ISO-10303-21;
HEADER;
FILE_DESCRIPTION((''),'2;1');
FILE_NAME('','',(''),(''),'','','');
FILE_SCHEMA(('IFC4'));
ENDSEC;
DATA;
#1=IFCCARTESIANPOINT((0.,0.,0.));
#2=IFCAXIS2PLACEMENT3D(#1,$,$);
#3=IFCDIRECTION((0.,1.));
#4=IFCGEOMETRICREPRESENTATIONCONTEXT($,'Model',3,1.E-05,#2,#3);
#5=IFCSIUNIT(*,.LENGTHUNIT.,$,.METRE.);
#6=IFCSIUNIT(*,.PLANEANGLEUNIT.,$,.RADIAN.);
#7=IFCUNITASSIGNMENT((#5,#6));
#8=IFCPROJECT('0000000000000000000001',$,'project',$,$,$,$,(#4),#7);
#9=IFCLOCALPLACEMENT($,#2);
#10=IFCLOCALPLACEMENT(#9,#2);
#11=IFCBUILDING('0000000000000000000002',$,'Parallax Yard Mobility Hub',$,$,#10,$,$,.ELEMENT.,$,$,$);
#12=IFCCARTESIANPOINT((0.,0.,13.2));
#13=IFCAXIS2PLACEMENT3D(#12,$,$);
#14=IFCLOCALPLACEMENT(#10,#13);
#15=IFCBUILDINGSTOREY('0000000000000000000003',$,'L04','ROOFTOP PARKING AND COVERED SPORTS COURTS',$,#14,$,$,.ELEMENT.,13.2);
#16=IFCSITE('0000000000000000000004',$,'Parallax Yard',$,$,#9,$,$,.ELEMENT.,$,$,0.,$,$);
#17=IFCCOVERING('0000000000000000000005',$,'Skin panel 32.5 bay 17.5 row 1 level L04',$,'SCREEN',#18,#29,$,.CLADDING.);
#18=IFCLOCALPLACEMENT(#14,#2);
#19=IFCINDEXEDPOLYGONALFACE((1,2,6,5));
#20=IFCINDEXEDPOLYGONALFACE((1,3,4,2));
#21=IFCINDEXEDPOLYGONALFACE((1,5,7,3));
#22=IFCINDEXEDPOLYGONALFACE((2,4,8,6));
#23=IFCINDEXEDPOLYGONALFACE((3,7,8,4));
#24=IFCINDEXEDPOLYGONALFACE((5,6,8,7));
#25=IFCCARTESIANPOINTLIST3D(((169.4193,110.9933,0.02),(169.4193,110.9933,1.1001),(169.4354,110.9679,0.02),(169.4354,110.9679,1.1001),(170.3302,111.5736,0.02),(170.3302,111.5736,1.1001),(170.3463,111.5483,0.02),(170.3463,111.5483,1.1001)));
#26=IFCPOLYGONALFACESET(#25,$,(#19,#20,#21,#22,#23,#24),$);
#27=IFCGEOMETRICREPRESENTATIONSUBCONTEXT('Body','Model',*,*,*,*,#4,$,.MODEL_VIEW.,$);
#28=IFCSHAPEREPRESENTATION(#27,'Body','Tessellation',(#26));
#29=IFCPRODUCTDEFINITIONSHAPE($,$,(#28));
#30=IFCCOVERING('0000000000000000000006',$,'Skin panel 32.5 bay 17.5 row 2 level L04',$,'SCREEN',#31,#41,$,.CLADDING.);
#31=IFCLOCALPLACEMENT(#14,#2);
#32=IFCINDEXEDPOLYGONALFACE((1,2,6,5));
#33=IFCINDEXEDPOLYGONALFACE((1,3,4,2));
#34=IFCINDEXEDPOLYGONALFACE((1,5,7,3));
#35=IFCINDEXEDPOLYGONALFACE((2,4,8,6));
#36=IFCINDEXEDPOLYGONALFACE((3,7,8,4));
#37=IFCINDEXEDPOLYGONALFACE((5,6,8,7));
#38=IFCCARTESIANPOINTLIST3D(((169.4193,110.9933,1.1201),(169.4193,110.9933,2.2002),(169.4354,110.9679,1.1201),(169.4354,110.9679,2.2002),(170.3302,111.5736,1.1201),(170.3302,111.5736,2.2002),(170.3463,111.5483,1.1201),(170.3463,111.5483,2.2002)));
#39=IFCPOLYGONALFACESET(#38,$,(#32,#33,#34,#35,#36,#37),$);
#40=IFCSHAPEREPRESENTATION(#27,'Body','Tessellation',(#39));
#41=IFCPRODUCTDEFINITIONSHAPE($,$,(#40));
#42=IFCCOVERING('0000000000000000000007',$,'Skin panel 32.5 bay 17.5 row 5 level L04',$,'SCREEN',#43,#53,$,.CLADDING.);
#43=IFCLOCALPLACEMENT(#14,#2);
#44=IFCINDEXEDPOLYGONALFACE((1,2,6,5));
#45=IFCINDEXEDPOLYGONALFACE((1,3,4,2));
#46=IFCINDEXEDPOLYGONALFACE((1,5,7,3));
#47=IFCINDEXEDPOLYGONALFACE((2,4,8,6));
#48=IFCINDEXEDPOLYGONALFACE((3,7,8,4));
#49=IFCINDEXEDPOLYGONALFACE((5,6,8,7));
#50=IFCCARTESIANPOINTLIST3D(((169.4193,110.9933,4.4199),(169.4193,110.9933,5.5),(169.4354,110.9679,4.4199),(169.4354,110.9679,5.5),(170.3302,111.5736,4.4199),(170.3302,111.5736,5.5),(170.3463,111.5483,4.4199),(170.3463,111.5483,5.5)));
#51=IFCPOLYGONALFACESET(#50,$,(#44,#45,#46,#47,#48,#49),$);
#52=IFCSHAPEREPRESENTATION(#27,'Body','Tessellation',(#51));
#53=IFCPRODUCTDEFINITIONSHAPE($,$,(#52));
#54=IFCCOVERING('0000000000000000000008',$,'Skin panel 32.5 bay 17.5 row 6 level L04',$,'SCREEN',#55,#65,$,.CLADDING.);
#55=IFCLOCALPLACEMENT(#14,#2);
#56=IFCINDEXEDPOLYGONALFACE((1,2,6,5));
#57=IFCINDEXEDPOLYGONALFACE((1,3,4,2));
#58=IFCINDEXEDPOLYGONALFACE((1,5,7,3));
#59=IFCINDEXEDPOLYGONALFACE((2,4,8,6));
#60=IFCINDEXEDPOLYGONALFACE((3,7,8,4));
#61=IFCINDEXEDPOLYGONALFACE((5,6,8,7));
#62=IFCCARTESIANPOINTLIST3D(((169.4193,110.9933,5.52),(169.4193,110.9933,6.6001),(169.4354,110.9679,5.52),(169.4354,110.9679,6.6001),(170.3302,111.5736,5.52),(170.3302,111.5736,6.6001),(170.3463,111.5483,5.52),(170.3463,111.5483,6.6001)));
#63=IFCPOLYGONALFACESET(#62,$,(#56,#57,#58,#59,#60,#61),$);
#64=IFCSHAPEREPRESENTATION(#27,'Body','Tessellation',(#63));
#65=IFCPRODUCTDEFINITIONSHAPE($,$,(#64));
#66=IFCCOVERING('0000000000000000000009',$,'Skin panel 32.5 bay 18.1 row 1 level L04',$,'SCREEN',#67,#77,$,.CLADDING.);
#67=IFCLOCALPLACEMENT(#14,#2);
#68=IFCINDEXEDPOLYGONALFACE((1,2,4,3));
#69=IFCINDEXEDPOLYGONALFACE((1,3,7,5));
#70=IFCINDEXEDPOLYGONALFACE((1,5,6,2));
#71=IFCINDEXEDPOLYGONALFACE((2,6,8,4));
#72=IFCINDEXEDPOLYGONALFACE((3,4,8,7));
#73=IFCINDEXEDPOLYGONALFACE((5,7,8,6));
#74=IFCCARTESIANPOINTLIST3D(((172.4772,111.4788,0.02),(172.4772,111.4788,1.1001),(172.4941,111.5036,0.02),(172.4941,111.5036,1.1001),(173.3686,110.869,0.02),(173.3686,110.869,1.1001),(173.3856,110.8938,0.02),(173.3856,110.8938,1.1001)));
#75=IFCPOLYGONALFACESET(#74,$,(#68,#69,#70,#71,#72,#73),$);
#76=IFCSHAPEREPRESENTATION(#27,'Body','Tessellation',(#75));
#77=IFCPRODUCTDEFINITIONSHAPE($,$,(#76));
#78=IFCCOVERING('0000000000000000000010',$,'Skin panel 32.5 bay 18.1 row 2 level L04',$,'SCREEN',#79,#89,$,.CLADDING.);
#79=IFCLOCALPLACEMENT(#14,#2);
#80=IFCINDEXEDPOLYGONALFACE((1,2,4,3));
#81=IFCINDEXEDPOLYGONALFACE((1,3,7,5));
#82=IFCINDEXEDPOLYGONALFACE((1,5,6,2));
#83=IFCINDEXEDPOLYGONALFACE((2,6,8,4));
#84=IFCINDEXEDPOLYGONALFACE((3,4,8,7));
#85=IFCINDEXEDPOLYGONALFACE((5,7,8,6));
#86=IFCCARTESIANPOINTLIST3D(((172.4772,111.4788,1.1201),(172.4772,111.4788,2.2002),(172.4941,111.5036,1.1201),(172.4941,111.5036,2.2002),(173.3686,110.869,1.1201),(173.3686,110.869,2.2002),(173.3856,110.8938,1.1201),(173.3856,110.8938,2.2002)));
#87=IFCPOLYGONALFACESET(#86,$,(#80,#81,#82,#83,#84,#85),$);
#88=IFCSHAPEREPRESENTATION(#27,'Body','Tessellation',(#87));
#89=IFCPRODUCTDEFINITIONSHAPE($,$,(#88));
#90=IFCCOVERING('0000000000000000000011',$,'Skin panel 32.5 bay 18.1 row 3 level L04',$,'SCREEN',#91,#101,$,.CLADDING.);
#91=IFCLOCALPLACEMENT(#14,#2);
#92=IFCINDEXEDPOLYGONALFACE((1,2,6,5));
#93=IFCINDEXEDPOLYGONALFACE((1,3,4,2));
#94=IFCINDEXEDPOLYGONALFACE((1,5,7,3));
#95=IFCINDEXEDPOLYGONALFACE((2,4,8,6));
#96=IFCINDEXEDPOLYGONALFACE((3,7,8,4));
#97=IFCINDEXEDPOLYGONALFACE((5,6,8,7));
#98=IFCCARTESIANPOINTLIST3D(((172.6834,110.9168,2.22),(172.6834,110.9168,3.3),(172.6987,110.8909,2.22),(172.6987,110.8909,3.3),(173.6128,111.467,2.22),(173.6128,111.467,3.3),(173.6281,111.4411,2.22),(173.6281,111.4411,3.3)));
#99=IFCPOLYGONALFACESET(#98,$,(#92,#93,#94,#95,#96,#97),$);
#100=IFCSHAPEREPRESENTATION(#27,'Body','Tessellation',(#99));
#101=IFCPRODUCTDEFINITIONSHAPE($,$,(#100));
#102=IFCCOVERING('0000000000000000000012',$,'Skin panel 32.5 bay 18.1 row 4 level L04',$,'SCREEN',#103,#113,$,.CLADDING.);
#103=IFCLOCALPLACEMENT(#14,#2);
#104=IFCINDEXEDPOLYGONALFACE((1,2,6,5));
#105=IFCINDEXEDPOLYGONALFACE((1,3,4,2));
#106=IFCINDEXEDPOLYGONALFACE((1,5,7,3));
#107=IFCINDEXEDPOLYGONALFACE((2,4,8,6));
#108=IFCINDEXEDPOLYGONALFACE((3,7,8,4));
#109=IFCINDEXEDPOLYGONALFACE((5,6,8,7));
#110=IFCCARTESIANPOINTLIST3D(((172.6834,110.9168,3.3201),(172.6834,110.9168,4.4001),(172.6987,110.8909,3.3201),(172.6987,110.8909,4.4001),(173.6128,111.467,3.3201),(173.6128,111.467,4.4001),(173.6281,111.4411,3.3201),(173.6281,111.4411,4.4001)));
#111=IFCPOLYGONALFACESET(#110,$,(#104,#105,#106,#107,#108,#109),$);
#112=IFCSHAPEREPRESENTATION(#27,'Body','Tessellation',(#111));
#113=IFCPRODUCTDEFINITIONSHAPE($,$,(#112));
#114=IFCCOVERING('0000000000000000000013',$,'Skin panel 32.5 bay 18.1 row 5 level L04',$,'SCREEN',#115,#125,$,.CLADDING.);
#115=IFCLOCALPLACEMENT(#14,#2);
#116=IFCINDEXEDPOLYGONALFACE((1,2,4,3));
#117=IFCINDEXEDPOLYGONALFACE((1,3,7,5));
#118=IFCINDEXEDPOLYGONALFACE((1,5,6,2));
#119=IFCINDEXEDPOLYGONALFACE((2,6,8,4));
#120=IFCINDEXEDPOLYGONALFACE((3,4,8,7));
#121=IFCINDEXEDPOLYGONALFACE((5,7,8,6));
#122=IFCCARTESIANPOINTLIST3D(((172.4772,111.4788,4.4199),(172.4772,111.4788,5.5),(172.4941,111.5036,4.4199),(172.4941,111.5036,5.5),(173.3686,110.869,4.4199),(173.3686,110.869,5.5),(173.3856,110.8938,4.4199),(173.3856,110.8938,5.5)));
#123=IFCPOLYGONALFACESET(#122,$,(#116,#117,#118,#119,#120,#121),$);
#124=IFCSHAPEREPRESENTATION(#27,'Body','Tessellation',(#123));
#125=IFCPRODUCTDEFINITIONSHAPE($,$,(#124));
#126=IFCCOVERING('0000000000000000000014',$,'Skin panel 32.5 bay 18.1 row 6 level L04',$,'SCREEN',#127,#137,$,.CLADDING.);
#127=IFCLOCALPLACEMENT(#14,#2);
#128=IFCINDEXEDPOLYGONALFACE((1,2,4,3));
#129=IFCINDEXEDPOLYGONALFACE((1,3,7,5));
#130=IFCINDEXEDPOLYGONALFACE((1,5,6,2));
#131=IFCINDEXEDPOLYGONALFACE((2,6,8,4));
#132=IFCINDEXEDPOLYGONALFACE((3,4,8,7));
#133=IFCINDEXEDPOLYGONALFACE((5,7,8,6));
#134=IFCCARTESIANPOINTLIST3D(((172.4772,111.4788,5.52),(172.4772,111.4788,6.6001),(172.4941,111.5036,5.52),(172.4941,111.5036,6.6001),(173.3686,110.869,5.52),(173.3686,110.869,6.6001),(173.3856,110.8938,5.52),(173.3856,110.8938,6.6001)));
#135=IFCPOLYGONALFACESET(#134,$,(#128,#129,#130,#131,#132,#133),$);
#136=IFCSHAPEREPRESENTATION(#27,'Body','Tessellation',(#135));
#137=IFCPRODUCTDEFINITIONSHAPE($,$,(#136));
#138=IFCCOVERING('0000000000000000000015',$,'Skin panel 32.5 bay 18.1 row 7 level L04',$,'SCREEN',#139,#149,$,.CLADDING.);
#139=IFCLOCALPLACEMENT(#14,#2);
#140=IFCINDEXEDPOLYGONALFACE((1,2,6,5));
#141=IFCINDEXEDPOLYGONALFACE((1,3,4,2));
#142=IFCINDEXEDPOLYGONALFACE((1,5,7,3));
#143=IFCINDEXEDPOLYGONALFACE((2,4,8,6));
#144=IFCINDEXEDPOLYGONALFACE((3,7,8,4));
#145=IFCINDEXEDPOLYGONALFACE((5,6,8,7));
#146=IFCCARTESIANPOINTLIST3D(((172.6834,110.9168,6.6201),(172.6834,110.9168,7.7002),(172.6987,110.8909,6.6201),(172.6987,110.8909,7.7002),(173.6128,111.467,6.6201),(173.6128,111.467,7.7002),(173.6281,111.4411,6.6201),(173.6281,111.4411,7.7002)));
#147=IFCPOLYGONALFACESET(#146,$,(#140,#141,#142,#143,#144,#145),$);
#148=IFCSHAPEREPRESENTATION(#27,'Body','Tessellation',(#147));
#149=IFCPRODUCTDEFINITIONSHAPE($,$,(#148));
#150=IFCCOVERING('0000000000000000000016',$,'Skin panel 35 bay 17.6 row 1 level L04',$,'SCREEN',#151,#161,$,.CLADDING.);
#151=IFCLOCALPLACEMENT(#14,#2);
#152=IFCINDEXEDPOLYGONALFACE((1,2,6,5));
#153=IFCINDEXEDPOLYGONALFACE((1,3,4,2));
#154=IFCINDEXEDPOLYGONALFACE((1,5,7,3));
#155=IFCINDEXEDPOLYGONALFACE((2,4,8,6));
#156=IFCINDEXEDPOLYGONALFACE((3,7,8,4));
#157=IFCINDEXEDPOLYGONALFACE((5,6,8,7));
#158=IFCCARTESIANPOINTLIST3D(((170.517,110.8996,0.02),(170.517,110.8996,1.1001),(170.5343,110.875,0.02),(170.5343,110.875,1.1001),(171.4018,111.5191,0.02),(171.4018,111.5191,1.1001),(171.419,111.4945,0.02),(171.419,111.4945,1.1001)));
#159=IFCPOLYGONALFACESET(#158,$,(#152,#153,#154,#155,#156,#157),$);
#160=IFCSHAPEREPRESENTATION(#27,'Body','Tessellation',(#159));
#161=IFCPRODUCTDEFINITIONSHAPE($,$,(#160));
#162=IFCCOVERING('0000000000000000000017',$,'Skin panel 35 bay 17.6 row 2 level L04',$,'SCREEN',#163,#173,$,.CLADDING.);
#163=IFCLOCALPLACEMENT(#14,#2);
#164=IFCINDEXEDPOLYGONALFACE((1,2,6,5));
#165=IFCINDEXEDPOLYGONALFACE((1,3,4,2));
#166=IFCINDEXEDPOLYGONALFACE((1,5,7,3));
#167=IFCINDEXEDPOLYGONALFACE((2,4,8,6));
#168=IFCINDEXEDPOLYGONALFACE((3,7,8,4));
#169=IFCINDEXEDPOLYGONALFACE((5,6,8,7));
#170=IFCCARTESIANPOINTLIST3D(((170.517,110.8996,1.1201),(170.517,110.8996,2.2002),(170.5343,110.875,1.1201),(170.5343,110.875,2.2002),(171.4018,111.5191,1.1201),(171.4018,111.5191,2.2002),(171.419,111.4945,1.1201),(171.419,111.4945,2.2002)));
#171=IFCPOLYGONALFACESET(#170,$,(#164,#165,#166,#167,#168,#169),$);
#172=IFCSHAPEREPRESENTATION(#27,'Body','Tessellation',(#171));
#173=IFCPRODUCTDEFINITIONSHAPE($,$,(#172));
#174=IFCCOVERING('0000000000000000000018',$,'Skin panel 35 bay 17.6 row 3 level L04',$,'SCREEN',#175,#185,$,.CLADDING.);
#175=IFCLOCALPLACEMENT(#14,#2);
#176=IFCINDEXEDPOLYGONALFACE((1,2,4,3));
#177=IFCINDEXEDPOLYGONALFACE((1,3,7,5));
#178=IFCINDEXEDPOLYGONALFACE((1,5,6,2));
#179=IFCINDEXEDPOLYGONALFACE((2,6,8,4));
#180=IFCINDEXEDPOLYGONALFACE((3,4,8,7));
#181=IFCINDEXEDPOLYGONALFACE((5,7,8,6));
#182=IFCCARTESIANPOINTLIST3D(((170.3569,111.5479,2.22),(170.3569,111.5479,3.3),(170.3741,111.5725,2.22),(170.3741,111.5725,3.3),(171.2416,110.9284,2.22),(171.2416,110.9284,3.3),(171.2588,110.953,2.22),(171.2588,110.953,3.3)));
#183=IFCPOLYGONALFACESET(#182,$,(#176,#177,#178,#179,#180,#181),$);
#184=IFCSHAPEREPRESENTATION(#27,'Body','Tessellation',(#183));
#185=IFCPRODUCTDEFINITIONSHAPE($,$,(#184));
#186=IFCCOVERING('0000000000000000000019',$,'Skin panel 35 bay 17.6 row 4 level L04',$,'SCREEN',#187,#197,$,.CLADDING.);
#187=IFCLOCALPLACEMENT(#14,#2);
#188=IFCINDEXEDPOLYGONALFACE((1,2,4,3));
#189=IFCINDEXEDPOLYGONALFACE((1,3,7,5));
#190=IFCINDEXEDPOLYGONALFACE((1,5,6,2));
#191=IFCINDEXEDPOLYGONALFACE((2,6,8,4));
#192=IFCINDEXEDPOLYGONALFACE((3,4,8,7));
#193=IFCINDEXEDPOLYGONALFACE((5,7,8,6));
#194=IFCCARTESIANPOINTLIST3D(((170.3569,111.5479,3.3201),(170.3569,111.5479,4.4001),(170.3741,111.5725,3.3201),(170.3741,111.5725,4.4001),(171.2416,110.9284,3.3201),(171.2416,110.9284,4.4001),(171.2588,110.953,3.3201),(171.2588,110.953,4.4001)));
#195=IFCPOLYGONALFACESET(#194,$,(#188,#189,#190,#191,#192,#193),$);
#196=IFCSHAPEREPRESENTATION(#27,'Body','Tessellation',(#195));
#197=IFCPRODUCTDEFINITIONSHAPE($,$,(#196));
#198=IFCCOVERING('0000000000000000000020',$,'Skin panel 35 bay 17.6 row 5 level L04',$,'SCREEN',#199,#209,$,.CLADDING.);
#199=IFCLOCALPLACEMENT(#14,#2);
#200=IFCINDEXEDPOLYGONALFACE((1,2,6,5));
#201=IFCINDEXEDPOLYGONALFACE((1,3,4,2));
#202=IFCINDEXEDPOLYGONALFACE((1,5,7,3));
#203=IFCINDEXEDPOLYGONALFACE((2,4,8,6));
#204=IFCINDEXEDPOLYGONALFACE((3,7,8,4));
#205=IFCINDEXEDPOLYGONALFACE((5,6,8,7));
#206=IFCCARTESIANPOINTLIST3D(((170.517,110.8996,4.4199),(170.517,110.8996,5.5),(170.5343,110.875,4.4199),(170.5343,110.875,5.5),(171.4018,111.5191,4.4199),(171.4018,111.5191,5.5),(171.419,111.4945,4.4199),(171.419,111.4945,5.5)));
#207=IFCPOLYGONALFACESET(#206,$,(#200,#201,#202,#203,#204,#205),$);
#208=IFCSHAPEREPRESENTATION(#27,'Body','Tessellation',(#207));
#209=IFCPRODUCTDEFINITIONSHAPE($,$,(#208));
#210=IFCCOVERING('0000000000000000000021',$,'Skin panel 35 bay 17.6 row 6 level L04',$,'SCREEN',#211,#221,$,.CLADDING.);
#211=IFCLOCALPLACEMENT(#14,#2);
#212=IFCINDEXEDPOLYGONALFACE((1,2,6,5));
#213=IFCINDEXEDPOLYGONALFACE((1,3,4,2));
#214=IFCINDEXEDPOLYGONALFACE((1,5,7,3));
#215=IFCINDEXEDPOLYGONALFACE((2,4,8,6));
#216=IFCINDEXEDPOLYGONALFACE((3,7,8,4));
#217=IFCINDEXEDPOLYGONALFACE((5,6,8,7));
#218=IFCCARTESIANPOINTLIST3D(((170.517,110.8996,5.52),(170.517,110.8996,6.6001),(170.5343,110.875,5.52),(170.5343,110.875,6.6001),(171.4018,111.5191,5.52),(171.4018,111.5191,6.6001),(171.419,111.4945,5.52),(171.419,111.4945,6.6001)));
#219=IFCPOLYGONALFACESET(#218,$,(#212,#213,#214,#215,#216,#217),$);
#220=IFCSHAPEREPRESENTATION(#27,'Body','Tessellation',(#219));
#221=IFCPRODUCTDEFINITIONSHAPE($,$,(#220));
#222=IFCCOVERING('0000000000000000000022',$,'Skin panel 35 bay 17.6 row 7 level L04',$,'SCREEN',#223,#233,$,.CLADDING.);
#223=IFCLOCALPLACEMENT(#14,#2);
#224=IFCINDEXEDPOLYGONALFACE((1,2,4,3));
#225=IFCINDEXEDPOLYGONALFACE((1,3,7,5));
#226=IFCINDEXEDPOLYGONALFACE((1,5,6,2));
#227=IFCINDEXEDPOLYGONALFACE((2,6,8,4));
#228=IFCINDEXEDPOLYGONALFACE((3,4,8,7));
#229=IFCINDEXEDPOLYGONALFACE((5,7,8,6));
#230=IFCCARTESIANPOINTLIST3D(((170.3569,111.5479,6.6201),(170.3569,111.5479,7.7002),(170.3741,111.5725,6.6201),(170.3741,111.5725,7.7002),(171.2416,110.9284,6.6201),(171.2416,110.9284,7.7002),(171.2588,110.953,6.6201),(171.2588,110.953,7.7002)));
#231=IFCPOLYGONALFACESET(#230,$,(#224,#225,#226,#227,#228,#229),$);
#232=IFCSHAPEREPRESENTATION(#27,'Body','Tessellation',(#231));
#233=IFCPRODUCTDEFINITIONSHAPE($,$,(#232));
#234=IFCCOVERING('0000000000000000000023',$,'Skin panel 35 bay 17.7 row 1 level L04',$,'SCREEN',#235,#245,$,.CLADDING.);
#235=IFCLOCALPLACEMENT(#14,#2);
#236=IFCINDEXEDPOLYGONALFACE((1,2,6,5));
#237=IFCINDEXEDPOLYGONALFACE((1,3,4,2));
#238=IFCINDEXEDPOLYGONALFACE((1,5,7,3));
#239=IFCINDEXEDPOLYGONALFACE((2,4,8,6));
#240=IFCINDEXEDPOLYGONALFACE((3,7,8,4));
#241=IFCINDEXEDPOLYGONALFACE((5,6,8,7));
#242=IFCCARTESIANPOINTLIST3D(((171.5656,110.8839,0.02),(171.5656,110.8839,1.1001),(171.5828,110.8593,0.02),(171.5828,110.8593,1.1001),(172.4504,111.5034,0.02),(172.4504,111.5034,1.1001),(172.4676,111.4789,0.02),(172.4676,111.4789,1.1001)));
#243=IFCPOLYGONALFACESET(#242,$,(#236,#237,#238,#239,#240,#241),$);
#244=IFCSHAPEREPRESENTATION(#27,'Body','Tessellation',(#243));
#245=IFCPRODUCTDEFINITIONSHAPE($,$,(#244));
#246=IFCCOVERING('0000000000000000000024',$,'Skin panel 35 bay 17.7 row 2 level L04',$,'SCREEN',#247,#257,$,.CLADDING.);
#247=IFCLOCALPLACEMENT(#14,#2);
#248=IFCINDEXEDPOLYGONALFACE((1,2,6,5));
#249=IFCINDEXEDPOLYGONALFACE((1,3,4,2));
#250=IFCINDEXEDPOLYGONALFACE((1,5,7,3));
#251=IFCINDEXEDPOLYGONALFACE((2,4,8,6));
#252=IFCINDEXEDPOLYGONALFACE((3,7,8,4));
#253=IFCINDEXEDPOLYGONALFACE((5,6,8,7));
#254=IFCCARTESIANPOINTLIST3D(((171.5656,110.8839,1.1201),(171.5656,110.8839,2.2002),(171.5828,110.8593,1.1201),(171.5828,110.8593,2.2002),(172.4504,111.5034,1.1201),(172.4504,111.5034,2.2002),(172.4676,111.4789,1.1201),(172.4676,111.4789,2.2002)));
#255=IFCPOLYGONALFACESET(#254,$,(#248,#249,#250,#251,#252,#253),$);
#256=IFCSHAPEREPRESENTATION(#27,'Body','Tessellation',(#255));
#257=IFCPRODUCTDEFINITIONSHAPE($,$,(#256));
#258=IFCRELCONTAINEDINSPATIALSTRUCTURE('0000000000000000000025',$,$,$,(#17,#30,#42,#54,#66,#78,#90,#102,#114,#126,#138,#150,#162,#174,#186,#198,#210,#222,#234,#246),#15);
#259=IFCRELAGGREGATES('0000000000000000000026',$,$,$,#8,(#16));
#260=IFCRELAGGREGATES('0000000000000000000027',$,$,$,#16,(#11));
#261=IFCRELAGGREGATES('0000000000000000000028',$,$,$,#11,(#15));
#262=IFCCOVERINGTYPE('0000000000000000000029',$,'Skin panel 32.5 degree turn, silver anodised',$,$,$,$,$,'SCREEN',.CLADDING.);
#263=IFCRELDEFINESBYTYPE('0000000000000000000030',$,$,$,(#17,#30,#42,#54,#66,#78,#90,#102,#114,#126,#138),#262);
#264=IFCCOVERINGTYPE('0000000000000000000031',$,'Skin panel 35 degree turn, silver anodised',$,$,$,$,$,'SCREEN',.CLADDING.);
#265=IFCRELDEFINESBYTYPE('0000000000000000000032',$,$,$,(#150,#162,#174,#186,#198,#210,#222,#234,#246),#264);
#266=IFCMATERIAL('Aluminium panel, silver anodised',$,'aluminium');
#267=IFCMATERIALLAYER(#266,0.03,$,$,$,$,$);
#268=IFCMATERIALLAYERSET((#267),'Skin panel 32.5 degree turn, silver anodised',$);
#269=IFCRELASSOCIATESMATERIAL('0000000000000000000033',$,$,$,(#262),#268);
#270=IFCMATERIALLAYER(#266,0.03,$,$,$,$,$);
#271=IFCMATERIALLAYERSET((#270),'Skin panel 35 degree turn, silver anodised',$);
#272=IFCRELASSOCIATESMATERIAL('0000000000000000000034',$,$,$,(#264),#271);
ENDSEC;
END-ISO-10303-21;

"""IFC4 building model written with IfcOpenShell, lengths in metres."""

from ifc_helpers import new_model, si_unit, direction, frame, origin, origin_2d, place, context, subcontext, project, spatial, rectangle, extrude, material, layer, layer_set, type_object, element, save


model = new_model("IFC4")

# Units and contexts
model_context = context("Model", 3, precision=1e-05, world=origin(), true_north=direction((0.0, 1.0)))
body_context = subcontext(model_context, "Body", "Model", "MODEL_VIEW")
ifc_project = project(units=[si_unit("LENGTHUNIT", "METRE"), si_unit("PLANEANGLEUNIT", "RADIAN")], contexts=[model_context])

# Site, building, storey
site_placement = place(None, origin())
site = spatial("IfcSite", under=ifc_project, at=site_placement, Name="Parallax Yard", CompositionType="ELEMENT", RefElevation=0.0)
building_placement = place(site_placement, origin())
building = spatial("IfcBuilding", under=site, at=building_placement, Name="Parallax Yard Mobility Hub", CompositionType="ELEMENT")
storey_placement = place(building_placement, frame((0.0, 0.0, 13.2)))
storey = spatial("IfcBuildingStorey", under=building, at=storey_placement, Name="L04", Description="ROOFTOP PARKING AND COVERED SPORTS COURTS", CompositionType="ELEMENT", Elevation=13.2)

# Coverings
ifc_material = material(Name="Aluminium panel, silver anodised", Category="aluminium")
ifc_layer_1 = layer(ifc_material, 0.03)
ifc_layer_set_1 = layer_set([ifc_layer_1], Name="Skin panel 32.5 degree turn, silver anodised")
covering_type_1 = type_object("IfcCoveringType", Name="Skin panel 32.5 degree turn, silver anodised", ElementType="SCREEN", PredefinedType="CLADDING", material=ifc_layer_set_1)
for number, where, z_axis, x_axis, name in (
    (1, (169.8828, 111.2708, 0.02), (0.0, 0.0, 1.0), (-0.843391, -0.5373, 0.0), "Skin panel 32.5 bay 17.5 row 1 level L04"),
    (2, (169.8828, 111.2708, 1.1201), (0.0, 0.0, 1.0), (-0.843391, -0.5373, 0.0), "Skin panel 32.5 bay 17.5 row 2 level L04"),
    (3, (169.8828, 111.2708, 4.4199), (0.0, 0.0, 1.0), (-0.843391, -0.5373, 0.0), "Skin panel 32.5 bay 17.5 row 5 level L04"),
    (4, (169.8828, 111.2708, 5.52), (0.0, 0.0, 1.0), (-0.843391, -0.5373, 0.0), "Skin panel 32.5 bay 17.5 row 6 level L04"),
    (5, (172.9314, 111.1863, 0.02), (0.0, 0.0, 1.0), (0.82536, -0.564607, 0.0), "Skin panel 32.5 bay 18.1 row 1 level L04"),
    (6, (172.9314, 111.1863, 1.1201), (0.0, 0.0, 1.0), (0.82536, -0.564607, 0.0), "Skin panel 32.5 bay 18.1 row 2 level L04"),
    (7, (173.1558, 111.179, 2.22), (0.0, 0.0, 1.0), (-0.86052, -0.509417, 0.0), "Skin panel 32.5 bay 18.1 row 3 level L04"),
    (8, (173.1558, 111.179, 3.3201), (0.0, 0.0, 1.0), (-0.86052, -0.509417, 0.0), "Skin panel 32.5 bay 18.1 row 4 level L04"),
    (9, (172.9314, 111.1863, 4.4199), (0.0, 0.0, 1.0), (0.82536, -0.564607, 0.0), "Skin panel 32.5 bay 18.1 row 5 level L04"),
    (10, (172.9314, 111.1863, 5.52), (0.0, 0.0, 1.0), (0.82536, -0.564607, 0.0), "Skin panel 32.5 bay 18.1 row 6 level L04"),
    (11, (173.1558, 111.179, 6.6201), (0.0, 0.0, 1.0), (-0.86052, -0.509417, 0.0), "Skin panel 32.5 bay 18.1 row 7 level L04"),
):
    element("IfcCovering", number, at=place(storey_placement, frame(where, z_axis=z_axis, x_axis=x_axis)), inside=storey, type_object=covering_type_1, Name=name, ObjectType="SCREEN", PredefinedType="CLADDING", context=body_context, shape_type="SweptSolid", body=[
        extrude(rectangle(XDim=1.0801, YDim=0.03, at=origin_2d()), origin(), (0.0, 0.0, 1.0), 1.0801),
    ])
ifc_layer_2 = layer(ifc_material, 0.03)
ifc_layer_set_2 = layer_set([ifc_layer_2], Name="Skin panel 35 degree turn, silver anodised")
covering_type_2 = type_object("IfcCoveringType", Name="Skin panel 35 degree turn, silver anodised", ElementType="SCREEN", PredefinedType="CLADDING", material=ifc_layer_set_2)
for number, where, z_axis, x_axis, name in (
    (12, (170.968, 111.197, 0.02), (0.0, 0.0, 1.0), (-0.819152, -0.573576, 0.0), "Skin panel 35 bay 17.6 row 1 level L04"),
    (13, (170.968, 111.197, 1.1201), (0.0, 0.0, 1.0), (-0.819152, -0.573576, 0.0), "Skin panel 35 bay 17.6 row 2 level L04"),
    (14, (170.8079, 111.2505, 2.22), (0.0, 0.0, 1.0), (0.819152, -0.573576, 0.0), "Skin panel 35 bay 17.6 row 3 level L04"),
    (15, (170.8079, 111.2505, 3.3201), (0.0, 0.0, 1.0), (0.819152, -0.573576, 0.0), "Skin panel 35 bay 17.6 row 4 level L04"),
    (16, (170.968, 111.197, 4.4199), (0.0, 0.0, 1.0), (-0.819152, -0.573576, 0.0), "Skin panel 35 bay 17.6 row 5 level L04"),
    (17, (170.968, 111.197, 5.52), (0.0, 0.0, 1.0), (-0.819152, -0.573576, 0.0), "Skin panel 35 bay 17.6 row 6 level L04"),
    (18, (170.8079, 111.2505, 6.6201), (0.0, 0.0, 1.0), (0.819152, -0.573576, 0.0), "Skin panel 35 bay 17.6 row 7 level L04"),
    (19, (172.0166, 111.1814, 0.02), (0.0, 0.0, 1.0), (-0.819152, -0.573576, 0.0), "Skin panel 35 bay 17.7 row 1 level L04"),
    (20, (172.0166, 111.1814, 1.1201), (0.0, 0.0, 1.0), (-0.819152, -0.573576, 0.0), "Skin panel 35 bay 17.7 row 2 level L04"),
):
    element("IfcCovering", number, at=place(storey_placement, frame(where, z_axis=z_axis, x_axis=x_axis)), inside=storey, type_object=covering_type_2, Name=name, ObjectType="SCREEN", PredefinedType="CLADDING", context=body_context, shape_type="SweptSolid", body=[
        extrude(rectangle(XDim=1.0801, YDim=0.03, at=origin_2d()), origin(), (0.0, 0.0, 1.0), 1.0801),
    ])

save(model, "model.ifc")
